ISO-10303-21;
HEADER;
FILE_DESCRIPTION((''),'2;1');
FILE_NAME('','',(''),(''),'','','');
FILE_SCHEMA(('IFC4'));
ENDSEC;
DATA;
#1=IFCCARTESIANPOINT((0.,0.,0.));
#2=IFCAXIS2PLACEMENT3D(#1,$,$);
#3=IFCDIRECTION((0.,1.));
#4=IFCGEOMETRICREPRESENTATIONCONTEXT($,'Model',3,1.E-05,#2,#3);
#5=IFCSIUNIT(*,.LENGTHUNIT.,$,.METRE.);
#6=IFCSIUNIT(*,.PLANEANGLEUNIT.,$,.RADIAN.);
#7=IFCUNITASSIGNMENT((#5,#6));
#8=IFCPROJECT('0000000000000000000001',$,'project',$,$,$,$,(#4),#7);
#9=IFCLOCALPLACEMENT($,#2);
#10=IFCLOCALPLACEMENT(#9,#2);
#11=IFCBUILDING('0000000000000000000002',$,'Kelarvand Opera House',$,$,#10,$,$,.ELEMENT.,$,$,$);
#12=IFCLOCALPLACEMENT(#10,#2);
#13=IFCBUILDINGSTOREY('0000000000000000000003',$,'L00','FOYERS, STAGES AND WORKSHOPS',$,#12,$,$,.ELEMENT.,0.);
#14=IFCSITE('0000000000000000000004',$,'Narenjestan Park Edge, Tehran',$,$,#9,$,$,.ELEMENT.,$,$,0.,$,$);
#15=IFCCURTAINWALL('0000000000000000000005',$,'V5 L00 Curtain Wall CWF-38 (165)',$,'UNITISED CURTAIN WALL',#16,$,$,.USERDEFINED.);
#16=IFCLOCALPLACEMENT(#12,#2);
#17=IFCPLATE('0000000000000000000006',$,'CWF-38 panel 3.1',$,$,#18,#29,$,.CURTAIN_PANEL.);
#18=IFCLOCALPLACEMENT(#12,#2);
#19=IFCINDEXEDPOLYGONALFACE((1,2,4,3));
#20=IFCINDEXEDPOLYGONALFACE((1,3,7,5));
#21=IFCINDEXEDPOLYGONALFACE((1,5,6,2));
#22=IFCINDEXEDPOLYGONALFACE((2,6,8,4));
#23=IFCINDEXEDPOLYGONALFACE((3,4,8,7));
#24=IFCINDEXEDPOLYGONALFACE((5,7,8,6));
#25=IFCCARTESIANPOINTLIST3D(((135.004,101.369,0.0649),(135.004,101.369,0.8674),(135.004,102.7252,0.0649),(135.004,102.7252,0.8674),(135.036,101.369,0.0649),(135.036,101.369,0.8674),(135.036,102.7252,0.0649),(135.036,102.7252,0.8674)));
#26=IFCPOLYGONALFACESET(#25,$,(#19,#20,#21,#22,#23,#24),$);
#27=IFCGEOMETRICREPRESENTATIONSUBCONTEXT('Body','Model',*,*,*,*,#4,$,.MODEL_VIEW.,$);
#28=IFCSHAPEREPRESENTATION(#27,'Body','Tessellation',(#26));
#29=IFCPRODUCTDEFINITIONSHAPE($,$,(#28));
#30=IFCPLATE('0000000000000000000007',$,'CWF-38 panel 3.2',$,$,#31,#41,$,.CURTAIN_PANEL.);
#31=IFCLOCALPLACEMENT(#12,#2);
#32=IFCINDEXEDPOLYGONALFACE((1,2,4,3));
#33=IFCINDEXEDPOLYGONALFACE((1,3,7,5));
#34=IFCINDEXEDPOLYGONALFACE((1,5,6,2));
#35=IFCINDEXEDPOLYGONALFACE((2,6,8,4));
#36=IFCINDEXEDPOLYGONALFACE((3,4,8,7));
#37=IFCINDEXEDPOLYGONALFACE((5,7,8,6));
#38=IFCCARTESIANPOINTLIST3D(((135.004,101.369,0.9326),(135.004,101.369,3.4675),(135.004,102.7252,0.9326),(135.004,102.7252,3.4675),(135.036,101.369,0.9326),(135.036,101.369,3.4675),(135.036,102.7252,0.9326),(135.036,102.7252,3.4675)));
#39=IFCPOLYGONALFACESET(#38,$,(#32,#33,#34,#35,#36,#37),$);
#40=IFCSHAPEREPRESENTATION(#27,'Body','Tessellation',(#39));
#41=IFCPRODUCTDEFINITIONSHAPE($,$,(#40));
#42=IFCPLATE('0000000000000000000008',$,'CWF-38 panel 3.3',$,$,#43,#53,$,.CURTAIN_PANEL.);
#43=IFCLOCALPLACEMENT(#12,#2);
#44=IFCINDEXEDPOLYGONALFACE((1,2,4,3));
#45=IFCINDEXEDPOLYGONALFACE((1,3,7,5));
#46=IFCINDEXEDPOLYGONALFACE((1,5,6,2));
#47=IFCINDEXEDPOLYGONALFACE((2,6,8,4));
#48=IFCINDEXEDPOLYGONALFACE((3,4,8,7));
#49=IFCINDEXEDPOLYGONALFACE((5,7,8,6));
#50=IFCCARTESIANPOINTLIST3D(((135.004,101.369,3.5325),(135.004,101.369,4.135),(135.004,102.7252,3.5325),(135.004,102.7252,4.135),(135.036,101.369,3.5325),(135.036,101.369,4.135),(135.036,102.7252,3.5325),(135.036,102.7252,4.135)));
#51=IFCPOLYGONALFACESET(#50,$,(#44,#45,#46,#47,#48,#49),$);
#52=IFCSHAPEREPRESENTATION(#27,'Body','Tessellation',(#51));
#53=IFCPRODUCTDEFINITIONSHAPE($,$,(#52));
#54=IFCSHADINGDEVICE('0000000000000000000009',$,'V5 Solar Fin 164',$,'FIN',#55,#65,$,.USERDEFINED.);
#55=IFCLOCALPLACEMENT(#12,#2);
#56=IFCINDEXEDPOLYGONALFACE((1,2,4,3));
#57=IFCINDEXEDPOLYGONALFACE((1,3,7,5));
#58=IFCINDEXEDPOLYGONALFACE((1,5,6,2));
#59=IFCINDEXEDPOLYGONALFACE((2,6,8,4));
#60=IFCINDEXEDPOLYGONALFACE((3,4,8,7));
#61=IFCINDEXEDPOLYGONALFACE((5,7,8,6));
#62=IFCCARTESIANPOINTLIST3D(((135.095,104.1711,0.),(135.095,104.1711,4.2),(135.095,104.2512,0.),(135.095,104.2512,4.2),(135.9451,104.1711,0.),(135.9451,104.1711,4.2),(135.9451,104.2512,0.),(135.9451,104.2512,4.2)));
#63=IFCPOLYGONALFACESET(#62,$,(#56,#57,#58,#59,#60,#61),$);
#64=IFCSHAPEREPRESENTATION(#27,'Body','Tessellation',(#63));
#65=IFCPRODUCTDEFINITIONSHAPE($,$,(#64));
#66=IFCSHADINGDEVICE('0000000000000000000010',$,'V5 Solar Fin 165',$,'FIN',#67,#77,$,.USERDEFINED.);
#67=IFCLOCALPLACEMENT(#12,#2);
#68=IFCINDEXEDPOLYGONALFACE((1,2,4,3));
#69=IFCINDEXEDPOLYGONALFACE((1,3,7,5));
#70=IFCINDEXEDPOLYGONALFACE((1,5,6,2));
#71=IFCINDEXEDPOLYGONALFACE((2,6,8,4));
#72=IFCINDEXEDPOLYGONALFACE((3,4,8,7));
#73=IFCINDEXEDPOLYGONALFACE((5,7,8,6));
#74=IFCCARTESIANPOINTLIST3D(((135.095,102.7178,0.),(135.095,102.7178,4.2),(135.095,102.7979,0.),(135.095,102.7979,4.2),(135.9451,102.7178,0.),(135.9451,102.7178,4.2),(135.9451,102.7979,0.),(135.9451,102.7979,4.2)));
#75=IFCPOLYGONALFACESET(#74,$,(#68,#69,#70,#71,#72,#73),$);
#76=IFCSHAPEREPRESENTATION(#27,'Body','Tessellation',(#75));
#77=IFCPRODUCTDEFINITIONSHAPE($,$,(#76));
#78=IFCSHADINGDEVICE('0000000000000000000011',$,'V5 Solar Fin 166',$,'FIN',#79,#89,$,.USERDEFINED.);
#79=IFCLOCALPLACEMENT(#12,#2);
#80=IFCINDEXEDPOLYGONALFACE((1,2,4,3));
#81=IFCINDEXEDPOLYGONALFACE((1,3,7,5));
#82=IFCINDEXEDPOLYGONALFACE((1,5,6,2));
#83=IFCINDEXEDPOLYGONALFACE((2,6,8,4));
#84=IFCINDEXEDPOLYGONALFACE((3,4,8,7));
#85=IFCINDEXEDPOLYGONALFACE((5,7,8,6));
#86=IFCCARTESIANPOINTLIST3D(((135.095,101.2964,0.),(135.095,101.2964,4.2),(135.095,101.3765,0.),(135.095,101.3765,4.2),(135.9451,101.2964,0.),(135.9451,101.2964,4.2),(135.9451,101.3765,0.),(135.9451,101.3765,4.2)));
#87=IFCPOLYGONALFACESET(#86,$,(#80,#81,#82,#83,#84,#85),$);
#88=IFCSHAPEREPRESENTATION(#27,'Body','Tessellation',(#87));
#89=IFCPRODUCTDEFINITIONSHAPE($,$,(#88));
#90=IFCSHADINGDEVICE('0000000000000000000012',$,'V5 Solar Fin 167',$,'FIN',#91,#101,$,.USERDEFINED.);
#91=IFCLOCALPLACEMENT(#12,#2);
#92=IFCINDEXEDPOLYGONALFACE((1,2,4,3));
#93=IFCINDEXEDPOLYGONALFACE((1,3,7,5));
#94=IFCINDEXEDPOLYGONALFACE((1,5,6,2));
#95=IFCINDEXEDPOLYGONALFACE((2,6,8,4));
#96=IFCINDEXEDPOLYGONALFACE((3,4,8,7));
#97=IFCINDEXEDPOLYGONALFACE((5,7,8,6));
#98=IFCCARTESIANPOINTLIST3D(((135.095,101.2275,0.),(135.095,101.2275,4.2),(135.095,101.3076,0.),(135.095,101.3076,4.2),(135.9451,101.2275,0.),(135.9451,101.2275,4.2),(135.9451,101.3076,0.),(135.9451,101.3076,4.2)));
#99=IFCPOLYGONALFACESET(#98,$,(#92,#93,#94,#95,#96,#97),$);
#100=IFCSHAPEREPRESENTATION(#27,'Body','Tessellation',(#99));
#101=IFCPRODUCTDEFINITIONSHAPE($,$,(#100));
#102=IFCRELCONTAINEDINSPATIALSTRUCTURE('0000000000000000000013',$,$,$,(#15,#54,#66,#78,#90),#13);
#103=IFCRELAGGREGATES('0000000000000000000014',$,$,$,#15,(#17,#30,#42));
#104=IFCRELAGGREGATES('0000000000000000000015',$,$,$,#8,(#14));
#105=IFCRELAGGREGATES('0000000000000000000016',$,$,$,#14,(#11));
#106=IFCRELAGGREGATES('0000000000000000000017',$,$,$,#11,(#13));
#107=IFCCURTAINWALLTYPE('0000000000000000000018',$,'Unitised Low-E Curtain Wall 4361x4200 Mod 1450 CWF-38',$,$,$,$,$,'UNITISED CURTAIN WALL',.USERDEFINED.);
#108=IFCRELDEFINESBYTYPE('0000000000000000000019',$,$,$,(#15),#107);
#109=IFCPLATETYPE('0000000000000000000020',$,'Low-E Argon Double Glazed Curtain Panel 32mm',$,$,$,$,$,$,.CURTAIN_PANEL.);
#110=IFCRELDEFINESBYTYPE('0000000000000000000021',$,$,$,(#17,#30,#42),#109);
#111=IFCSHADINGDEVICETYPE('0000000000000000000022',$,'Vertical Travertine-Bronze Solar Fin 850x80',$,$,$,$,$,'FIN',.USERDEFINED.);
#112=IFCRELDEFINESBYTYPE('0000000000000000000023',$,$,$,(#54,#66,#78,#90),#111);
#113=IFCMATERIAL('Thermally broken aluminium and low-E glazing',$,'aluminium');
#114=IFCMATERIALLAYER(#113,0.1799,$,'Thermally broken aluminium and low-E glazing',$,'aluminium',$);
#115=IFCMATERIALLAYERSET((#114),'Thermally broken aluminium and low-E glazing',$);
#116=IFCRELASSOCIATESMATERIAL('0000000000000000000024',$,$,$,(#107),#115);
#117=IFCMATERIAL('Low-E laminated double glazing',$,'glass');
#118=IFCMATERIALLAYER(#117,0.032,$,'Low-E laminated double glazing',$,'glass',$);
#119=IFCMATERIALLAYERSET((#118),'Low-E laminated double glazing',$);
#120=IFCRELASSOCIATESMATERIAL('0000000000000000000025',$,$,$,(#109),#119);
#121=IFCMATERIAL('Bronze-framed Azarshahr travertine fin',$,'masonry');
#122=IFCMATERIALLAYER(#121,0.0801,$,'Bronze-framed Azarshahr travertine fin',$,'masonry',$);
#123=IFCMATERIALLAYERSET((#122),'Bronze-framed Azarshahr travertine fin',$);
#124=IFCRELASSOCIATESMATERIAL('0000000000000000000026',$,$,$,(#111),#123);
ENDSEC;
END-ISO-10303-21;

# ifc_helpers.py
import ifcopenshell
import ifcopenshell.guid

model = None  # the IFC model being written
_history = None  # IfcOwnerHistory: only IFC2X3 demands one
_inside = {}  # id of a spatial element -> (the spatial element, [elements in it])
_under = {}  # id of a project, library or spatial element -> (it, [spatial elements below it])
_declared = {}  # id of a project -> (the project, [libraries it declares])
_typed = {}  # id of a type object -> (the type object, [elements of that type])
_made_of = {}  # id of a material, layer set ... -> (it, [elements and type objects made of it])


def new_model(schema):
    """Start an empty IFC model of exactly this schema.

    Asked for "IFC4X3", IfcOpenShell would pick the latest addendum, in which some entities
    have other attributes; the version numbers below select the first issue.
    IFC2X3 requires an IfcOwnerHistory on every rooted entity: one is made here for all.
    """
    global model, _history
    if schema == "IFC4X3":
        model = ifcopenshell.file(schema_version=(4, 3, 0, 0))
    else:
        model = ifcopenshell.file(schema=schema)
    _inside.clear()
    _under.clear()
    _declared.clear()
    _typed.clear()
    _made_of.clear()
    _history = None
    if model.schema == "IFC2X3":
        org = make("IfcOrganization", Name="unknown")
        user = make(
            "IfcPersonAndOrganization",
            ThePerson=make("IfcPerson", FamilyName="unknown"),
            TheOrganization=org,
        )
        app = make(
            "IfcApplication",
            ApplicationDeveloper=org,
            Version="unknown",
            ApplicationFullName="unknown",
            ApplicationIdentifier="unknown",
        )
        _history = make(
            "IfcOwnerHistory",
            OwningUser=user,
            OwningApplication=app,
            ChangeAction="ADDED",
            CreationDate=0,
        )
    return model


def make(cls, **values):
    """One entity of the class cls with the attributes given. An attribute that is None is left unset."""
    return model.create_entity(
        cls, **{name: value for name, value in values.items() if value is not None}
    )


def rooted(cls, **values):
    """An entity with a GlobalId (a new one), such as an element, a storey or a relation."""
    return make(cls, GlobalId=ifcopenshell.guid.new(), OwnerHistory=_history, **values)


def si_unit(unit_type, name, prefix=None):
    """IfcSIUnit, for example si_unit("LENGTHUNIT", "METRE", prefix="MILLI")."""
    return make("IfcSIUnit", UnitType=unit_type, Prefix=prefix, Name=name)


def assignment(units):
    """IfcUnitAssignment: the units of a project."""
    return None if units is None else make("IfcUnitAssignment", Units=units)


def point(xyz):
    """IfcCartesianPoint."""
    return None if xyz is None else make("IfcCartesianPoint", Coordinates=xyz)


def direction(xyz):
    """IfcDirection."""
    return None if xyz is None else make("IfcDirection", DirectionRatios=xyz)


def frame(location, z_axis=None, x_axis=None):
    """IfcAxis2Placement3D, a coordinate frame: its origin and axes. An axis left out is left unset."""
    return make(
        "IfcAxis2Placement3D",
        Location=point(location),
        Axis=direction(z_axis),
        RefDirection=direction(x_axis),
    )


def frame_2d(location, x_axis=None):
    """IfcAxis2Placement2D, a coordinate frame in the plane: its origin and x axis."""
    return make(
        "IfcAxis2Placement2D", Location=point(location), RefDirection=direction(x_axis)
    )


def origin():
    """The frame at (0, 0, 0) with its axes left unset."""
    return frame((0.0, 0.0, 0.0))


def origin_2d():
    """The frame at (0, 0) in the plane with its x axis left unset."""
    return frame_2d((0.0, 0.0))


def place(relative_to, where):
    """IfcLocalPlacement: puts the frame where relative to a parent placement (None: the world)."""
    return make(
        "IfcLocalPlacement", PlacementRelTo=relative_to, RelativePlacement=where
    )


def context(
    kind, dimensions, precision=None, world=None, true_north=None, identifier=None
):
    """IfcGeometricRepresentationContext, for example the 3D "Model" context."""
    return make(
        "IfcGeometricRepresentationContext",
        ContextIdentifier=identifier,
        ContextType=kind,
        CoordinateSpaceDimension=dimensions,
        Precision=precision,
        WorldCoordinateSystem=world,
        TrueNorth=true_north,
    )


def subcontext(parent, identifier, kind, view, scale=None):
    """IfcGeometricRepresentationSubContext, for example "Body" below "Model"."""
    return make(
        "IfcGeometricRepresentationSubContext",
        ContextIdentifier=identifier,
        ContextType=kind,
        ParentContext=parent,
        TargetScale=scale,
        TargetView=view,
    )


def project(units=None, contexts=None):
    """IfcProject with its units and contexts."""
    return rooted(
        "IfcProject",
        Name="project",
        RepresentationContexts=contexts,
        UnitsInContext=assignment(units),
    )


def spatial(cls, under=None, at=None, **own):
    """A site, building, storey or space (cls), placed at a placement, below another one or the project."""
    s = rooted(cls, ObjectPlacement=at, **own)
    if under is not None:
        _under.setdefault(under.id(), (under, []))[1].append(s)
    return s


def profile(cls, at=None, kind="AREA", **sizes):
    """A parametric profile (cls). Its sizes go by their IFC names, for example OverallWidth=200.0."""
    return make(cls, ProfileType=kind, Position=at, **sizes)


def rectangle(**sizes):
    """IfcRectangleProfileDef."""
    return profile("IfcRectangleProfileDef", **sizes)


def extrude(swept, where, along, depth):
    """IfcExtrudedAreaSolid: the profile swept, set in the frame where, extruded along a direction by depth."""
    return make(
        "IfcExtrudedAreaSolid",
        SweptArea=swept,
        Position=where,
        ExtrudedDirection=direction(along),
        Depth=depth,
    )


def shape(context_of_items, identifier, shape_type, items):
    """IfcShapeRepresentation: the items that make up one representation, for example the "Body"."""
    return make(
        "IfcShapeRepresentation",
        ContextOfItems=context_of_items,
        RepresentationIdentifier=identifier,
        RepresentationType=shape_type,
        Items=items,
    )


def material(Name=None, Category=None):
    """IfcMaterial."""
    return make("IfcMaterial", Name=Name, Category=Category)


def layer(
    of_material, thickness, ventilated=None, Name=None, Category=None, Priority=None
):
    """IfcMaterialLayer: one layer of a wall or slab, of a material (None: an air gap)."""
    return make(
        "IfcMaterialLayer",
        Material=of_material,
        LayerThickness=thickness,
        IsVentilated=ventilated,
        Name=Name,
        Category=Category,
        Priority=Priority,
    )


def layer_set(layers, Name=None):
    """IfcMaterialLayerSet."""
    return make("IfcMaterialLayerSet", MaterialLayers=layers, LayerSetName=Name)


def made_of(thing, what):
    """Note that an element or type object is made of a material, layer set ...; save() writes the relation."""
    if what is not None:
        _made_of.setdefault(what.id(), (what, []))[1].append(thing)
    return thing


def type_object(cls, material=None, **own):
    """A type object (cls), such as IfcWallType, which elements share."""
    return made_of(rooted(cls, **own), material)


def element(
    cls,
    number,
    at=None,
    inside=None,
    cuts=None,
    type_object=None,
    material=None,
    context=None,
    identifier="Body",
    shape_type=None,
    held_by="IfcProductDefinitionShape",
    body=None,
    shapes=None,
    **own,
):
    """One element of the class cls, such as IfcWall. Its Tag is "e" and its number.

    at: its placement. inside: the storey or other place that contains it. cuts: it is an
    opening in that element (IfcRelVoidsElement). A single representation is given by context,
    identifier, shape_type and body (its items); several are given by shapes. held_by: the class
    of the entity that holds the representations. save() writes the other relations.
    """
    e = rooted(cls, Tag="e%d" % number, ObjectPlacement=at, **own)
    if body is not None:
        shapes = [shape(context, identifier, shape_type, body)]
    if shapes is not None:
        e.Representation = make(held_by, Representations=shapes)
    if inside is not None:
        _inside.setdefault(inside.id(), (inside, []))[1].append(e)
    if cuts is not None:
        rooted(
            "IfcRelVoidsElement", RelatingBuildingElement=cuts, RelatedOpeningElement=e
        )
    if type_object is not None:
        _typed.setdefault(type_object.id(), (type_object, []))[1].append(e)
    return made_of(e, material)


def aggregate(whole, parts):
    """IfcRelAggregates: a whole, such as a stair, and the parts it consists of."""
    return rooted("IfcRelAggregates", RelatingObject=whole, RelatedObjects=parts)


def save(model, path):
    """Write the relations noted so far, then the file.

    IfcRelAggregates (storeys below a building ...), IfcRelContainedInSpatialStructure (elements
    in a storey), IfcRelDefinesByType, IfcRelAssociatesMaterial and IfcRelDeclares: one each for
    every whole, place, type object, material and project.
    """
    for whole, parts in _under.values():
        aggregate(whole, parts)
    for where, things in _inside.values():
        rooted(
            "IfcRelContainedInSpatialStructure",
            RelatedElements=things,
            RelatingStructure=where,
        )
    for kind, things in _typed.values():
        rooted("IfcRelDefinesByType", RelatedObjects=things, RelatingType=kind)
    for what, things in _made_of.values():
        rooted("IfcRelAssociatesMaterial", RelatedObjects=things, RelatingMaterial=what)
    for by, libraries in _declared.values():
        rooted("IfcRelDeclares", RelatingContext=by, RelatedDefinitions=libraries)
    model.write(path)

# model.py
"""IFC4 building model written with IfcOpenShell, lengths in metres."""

from ifc_helpers import new_model, si_unit, direction, frame, origin, origin_2d, place, context, subcontext, project, spatial, rectangle, extrude, material, layer, layer_set, type_object, element, aggregate, save


model = new_model("IFC4")

# Units and contexts
model_context = context("Model", 3, precision=1e-05, world=origin(), true_north=direction((0.0, 1.0)))
body_context = subcontext(model_context, "Body", "Model", "MODEL_VIEW")
ifc_project = project(units=[si_unit("LENGTHUNIT", "METRE"), si_unit("PLANEANGLEUNIT", "RADIAN")], contexts=[model_context])

# Site, building, storey
site_placement = place(None, origin())
site = spatial("IfcSite", under=ifc_project, at=site_placement, Name="Narenjestan Park Edge, Tehran", CompositionType="ELEMENT", RefElevation=0.0)
building_placement = place(site_placement, origin())
building = spatial("IfcBuilding", under=site, at=building_placement, Name="Kelarvand Opera House", CompositionType="ELEMENT")
storey_placement = place(building_placement, origin())
storey = spatial("IfcBuildingStorey", under=building, at=storey_placement, Name="L00", Description="FOYERS, STAGES AND WORKSHOPS", CompositionType="ELEMENT", Elevation=0.0)

# Curtain wall, plates
ifc_material_1 = material(Name="Thermally broken aluminium and low-E glazing", Category="aluminium")
ifc_layer_1 = layer(ifc_material_1, 0.1799, Name="Thermally broken aluminium and low-E glazing", Category="aluminium")
ifc_layer_set_1 = layer_set([ifc_layer_1], Name="Thermally broken aluminium and low-E glazing")
curtain_wall_type = type_object("IfcCurtainWallType", Name="Unitised Low-E Curtain Wall 4361x4200 Mod 1450 CWF-38", ElementType="UNITISED CURTAIN WALL", PredefinedType="USERDEFINED", material=ifc_layer_set_1)
curtain_wall_placement = place(storey_placement, origin())
curtain_wall = element("IfcCurtainWall", 1, at=curtain_wall_placement, inside=storey, type_object=curtain_wall_type, Name="V5 L00 Curtain Wall CWF-38 (165)", ObjectType="UNITISED CURTAIN WALL", PredefinedType="USERDEFINED")
ifc_material_2 = material(Name="Low-E laminated double glazing", Category="glass")
ifc_layer_2 = layer(ifc_material_2, 0.032, Name="Low-E laminated double glazing", Category="glass")
ifc_layer_set_2 = layer_set([ifc_layer_2], Name="Low-E laminated double glazing")
plate_type = type_object("IfcPlateType", Name="Low-E Argon Double Glazed Curtain Panel 32mm", PredefinedType="CURTAIN_PANEL", material=ifc_layer_set_2)
plate_1_placement = place(storey_placement, frame((135.02, 102.0471, 0.0649), z_axis=(0.0, 0.0, 1.0), x_axis=(0.0, -1.0, 0.0)))
plate_1 = element("IfcPlate", 2, at=plate_1_placement, type_object=plate_type, Name="CWF-38 panel 3.1", PredefinedType="CURTAIN_PANEL", context=body_context, shape_type="SweptSolid", body=[
    extrude(rectangle(XDim=1.3562, YDim=0.032, at=origin_2d()), origin(), (0.0, 0.0, 1.0), 0.8025),
])
plate_2_placement = place(storey_placement, frame((135.02, 102.0471, 0.9326), z_axis=(0.0, 0.0, 1.0), x_axis=(0.0, -1.0, 0.0)))
plate_2 = element("IfcPlate", 3, at=plate_2_placement, type_object=plate_type, Name="CWF-38 panel 3.2", PredefinedType="CURTAIN_PANEL", context=body_context, shape_type="SweptSolid", body=[
    extrude(rectangle(XDim=1.3562, YDim=0.032, at=origin_2d()), origin(), (0.0, 0.0, 1.0), 2.5349),
])
plate_3_placement = place(storey_placement, frame((135.02, 102.0471, 3.5325), z_axis=(0.0, 0.0, 1.0), x_axis=(0.0, -1.0, 0.0)))
plate_3 = element("IfcPlate", 4, at=plate_3_placement, type_object=plate_type, Name="CWF-38 panel 3.3", PredefinedType="CURTAIN_PANEL", context=body_context, shape_type="SweptSolid", body=[
    extrude(rectangle(XDim=1.3562, YDim=0.032, at=origin_2d()), origin(), (0.0, 0.0, 1.0), 0.6025),
])
aggregate(curtain_wall, [plate_1, plate_2, plate_3])

# Shading devices
ifc_material_3 = material(Name="Bronze-framed Azarshahr travertine fin", Category="masonry")
ifc_layer_3 = layer(ifc_material_3, 0.0801, Name="Bronze-framed Azarshahr travertine fin", Category="masonry")
ifc_layer_set_3 = layer_set([ifc_layer_3], Name="Bronze-framed Azarshahr travertine fin")
shading_device_type = type_object("IfcShadingDeviceType", Name="Vertical Travertine-Bronze Solar Fin 850x80", ElementType="FIN", PredefinedType="USERDEFINED", material=ifc_layer_set_3)
for number, where, z_axis, x_axis, name in (
    (5, (135.52, 104.2112, 0.0), (0.0, 0.0, 1.0), (1.0, 0.0, 0.0), "V5 Solar Fin 164"),
    (6, (135.52, 102.7578, 0.0), (0.0, 0.0, 1.0), (1.0, 0.0, 0.0), "V5 Solar Fin 165"),
    (7, (135.52, 101.3364, 0.0), (0.0, 0.0, 1.0), (1.0, 0.0, 0.0), "V5 Solar Fin 166"),
    (8, (135.52, 101.2676, 0.0), (0.0, 0.0, 1.0), (1.0, 0.0, 0.0), "V5 Solar Fin 167"),
):
    element("IfcShadingDevice", number, at=place(storey_placement, frame(where, z_axis=z_axis, x_axis=x_axis)), inside=storey, type_object=shading_device_type, Name=name, ObjectType="FIN", PredefinedType="USERDEFINED", context=body_context, shape_type="SweptSolid", body=[
        extrude(rectangle(XDim=0.8501, YDim=0.0801, at=origin_2d()), origin(), (0.0, 0.0, 1.0), 4.2),
    ])

save(model, "model.ifc")
